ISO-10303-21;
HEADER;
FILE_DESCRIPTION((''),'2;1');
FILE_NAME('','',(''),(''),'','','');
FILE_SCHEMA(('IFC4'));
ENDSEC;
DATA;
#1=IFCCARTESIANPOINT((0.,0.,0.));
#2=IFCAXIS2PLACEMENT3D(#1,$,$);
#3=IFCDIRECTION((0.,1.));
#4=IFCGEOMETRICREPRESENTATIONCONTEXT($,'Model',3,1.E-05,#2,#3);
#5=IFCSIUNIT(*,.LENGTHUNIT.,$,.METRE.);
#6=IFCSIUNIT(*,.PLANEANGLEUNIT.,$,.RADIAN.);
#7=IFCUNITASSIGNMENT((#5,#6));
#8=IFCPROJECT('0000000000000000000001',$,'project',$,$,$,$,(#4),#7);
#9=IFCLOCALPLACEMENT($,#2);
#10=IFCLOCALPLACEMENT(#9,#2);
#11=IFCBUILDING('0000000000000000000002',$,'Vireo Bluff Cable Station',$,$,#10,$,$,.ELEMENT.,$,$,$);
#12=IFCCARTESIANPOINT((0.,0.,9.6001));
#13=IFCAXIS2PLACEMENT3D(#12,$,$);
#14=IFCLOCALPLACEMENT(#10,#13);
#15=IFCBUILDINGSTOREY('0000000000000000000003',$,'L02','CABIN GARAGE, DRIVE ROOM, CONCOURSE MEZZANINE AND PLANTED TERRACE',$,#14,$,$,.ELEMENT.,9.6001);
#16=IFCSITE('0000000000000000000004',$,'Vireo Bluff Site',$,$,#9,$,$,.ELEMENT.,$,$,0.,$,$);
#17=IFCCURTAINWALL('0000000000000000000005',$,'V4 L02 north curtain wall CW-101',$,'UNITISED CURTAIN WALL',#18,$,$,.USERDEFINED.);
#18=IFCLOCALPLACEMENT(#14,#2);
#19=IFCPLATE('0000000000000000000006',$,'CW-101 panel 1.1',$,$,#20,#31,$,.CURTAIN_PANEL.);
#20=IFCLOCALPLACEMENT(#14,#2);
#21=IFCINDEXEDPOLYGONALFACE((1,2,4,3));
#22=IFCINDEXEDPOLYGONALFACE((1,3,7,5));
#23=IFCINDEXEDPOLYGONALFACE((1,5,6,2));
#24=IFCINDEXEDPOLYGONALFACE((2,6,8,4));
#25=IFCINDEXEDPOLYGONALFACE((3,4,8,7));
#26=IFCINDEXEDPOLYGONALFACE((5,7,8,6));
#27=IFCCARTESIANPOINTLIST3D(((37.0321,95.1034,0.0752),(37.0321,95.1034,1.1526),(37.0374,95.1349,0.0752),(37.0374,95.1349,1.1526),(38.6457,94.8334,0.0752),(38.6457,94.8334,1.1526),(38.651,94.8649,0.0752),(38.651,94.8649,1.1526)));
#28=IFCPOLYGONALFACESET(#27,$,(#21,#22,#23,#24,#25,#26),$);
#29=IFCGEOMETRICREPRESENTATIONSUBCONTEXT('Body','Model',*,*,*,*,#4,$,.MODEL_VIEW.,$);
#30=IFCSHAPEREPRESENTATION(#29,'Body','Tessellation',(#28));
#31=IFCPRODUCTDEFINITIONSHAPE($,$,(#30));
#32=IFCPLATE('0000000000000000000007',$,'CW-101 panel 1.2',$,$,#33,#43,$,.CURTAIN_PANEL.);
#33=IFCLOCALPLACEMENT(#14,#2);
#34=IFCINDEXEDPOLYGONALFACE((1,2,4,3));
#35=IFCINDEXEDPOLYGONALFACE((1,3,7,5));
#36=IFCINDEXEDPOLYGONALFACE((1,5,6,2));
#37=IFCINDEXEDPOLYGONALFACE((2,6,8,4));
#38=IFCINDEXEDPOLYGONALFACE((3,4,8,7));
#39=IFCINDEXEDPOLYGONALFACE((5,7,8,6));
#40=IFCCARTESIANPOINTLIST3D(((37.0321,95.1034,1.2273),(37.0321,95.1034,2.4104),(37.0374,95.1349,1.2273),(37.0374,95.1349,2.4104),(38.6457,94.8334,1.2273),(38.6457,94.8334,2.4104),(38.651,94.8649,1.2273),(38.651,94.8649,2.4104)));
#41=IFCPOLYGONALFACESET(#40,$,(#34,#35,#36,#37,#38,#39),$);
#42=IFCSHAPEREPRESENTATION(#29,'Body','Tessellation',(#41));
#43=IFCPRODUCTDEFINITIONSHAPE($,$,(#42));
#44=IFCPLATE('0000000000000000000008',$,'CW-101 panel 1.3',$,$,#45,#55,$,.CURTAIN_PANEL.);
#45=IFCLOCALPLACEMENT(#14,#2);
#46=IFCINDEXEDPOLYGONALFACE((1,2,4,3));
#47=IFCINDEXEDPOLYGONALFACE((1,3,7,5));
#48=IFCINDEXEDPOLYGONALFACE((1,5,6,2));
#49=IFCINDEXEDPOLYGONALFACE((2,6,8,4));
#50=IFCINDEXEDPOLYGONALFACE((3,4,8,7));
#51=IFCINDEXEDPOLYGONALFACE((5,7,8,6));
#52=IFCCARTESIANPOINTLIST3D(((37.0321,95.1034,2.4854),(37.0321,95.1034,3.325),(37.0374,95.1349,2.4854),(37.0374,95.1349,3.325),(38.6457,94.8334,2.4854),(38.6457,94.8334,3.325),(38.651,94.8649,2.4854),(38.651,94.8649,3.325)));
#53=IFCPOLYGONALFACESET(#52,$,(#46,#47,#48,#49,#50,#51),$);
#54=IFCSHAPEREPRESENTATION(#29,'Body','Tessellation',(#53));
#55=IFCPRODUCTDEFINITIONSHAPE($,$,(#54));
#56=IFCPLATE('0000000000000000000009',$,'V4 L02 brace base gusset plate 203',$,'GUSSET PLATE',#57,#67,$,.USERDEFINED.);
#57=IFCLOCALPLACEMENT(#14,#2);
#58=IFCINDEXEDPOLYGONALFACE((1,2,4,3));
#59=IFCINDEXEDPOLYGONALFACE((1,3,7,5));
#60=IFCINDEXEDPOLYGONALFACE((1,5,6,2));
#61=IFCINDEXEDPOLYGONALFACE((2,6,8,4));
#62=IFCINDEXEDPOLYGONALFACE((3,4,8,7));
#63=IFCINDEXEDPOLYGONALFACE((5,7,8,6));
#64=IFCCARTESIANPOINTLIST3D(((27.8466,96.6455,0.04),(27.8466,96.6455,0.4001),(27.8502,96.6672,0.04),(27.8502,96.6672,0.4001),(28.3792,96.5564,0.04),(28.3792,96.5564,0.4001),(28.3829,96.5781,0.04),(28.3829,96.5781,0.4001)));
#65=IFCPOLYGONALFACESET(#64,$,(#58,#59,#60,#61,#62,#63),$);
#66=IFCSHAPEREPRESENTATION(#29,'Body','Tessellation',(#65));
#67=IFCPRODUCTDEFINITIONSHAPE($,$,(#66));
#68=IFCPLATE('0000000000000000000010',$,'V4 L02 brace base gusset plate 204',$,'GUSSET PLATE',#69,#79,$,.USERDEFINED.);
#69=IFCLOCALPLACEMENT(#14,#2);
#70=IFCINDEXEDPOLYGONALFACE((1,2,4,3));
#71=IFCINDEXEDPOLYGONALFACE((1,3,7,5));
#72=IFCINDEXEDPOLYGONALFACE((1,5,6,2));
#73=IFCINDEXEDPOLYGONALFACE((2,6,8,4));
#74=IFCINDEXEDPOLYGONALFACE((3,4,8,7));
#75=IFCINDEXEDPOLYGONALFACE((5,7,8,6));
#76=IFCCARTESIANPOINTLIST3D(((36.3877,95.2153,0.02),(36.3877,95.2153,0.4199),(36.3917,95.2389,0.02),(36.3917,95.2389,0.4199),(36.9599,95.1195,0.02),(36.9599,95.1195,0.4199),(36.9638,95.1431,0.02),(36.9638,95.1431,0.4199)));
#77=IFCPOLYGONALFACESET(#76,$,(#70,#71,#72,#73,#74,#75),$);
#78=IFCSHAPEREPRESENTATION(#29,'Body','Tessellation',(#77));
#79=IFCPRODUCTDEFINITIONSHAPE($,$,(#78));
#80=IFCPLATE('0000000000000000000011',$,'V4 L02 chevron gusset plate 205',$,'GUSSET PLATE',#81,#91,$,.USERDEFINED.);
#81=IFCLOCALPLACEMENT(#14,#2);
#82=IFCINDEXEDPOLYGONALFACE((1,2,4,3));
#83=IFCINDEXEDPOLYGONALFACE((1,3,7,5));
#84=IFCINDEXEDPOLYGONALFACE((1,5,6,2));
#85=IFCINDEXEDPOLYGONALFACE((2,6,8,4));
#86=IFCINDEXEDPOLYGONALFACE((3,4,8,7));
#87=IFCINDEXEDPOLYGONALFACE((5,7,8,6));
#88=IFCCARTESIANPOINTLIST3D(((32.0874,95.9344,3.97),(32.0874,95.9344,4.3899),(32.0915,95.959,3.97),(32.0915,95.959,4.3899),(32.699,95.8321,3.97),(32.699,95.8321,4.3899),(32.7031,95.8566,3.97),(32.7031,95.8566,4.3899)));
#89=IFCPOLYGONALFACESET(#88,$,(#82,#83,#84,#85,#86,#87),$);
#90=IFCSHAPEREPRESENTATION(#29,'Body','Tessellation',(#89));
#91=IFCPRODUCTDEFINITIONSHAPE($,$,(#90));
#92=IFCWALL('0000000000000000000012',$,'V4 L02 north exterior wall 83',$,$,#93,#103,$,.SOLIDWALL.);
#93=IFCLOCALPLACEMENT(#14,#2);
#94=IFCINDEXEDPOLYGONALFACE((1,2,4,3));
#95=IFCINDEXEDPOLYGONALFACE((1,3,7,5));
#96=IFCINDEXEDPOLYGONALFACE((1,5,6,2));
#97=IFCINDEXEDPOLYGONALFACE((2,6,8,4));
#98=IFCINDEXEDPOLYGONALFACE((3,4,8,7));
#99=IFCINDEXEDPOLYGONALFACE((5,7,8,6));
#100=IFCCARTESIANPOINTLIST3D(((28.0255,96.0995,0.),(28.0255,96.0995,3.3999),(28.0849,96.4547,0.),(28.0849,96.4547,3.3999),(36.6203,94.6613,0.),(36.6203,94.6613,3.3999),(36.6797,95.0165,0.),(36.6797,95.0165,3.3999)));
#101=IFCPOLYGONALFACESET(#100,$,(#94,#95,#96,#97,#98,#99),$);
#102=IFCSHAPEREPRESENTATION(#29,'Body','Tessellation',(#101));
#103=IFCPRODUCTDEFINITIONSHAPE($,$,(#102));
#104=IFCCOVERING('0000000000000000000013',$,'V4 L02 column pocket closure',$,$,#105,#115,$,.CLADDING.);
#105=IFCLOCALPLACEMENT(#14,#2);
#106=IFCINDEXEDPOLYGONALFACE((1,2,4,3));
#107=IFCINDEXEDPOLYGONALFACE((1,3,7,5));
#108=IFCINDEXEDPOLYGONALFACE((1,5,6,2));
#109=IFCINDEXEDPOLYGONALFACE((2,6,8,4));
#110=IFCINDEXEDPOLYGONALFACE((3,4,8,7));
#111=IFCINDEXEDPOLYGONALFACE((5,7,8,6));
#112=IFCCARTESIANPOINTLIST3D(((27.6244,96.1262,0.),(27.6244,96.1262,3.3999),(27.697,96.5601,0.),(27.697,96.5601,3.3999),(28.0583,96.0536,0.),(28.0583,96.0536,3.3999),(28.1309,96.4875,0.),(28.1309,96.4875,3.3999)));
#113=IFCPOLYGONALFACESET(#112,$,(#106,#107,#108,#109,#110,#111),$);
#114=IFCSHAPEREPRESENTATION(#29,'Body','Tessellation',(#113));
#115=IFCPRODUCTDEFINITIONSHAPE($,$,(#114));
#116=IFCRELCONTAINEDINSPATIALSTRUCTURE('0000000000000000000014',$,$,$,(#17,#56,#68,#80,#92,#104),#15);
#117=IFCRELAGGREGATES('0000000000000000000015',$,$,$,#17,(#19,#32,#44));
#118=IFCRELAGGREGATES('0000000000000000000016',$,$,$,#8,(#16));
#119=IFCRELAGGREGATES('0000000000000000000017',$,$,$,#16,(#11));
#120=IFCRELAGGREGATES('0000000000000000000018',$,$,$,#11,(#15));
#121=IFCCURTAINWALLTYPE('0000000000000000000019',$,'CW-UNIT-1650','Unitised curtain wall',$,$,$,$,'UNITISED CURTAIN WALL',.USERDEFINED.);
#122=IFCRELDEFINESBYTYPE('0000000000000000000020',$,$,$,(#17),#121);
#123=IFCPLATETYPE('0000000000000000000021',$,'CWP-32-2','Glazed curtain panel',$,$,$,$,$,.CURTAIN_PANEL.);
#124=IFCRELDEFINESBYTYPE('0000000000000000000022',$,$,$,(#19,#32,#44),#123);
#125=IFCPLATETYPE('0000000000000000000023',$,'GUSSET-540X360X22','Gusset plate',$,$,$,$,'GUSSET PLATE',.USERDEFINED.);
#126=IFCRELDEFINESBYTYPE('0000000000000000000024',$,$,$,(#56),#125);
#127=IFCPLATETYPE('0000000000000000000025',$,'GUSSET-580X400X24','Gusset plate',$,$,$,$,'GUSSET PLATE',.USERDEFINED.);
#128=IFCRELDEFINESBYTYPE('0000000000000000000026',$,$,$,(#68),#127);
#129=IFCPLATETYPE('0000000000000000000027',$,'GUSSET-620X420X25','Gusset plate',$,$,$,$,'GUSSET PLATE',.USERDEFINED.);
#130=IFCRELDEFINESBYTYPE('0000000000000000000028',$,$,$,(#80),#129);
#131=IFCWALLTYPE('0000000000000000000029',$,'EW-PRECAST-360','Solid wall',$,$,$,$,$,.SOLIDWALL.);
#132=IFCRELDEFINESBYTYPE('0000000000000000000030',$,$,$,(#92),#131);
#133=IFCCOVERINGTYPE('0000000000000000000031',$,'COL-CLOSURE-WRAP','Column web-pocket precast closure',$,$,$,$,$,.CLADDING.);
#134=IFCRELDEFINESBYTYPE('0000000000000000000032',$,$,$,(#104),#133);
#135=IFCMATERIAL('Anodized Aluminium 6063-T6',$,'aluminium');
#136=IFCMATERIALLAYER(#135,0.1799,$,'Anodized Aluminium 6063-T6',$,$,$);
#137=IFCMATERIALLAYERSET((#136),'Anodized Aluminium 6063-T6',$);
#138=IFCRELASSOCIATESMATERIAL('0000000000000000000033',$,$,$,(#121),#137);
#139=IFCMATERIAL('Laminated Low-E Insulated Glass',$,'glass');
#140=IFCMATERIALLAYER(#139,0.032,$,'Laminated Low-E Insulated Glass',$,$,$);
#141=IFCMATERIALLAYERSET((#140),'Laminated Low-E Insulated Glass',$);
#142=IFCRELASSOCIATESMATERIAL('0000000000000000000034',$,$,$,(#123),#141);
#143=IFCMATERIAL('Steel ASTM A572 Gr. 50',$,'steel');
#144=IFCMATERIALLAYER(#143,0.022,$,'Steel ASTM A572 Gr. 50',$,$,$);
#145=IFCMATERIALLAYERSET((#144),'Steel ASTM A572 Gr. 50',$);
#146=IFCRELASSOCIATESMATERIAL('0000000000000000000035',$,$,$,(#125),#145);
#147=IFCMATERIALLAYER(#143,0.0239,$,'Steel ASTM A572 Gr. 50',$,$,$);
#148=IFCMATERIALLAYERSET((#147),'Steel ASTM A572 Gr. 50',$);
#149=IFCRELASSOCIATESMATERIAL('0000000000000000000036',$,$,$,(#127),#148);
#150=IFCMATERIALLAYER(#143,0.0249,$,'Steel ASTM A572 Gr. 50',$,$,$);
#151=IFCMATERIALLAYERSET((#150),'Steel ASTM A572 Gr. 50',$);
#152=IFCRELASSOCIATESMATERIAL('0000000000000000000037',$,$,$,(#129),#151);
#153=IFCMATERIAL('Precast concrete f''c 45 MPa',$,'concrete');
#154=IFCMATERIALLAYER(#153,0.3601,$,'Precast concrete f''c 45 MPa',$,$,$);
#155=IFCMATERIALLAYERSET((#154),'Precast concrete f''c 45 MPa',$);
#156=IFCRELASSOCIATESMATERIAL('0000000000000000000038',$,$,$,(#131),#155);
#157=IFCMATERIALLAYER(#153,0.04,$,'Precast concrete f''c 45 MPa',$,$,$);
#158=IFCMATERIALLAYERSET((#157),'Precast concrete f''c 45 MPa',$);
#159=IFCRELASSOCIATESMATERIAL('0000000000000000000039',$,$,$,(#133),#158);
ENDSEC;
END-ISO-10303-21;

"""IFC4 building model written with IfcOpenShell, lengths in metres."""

from ifc_helpers import new_model, si_unit, direction, frame, frame_2d, origin, origin_2d, place, context, subcontext, project, spatial, rectangle, extrude, material, layer, layer_set, type_object, element, aggregate, save


model = new_model("IFC4")

# Units and contexts
model_context = context("Model", 3, precision=1e-05, world=origin(), true_north=direction((0.0, 1.0)))
body_context = subcontext(model_context, "Body", "Model", "MODEL_VIEW")
ifc_project = project(units=[si_unit("LENGTHUNIT", "METRE"), si_unit("PLANEANGLEUNIT", "RADIAN")], contexts=[model_context])

# Site, building, storey
site_placement = place(None, origin())
site = spatial("IfcSite", under=ifc_project, at=site_placement, Name="Vireo Bluff Site", CompositionType="ELEMENT", RefElevation=0.0)
building_placement = place(site_placement, origin())
building = spatial("IfcBuilding", under=site, at=building_placement, Name="Vireo Bluff Cable Station", CompositionType="ELEMENT")
storey_placement = place(building_placement, frame((0.0, 0.0, 9.6001)))
storey = spatial("IfcBuildingStorey", under=building, at=storey_placement, Name="L02", Description="CABIN GARAGE, DRIVE ROOM, CONCOURSE MEZZANINE AND PLANTED TERRACE", CompositionType="ELEMENT", Elevation=9.6001)

# Curtain wall
ifc_material_1 = material(Name="Anodized Aluminium 6063-T6", Category="aluminium")
ifc_layer_1 = layer(ifc_material_1, 0.1799, Name="Anodized Aluminium 6063-T6")
ifc_layer_set_1 = layer_set([ifc_layer_1], Name="Anodized Aluminium 6063-T6")
curtain_wall_type_1 = type_object("IfcCurtainWallType", Name="CW-UNIT-1650", Description="Unitised curtain wall", ElementType="UNITISED CURTAIN WALL", PredefinedType="USERDEFINED", material=ifc_layer_set_1)
curtain_wall_1_placement = place(storey_placement, origin())
curtain_wall_1 = element("IfcCurtainWall", 1, at=curtain_wall_1_placement, inside=storey, type_object=curtain_wall_type_1, Name="V4 L02 north curtain wall CW-101", ObjectType="UNITISED CURTAIN WALL", PredefinedType="USERDEFINED")

# Plates
ifc_material_2 = material(Name="Laminated Low-E Insulated Glass", Category="glass")
ifc_layer_2 = layer(ifc_material_2, 0.032, Name="Laminated Low-E Insulated Glass")
ifc_layer_set_2 = layer_set([ifc_layer_2], Name="Laminated Low-E Insulated Glass")
plate_type_1 = type_object("IfcPlateType", Name="CWP-32-2", Description="Glazed curtain panel", PredefinedType="CURTAIN_PANEL", material=ifc_layer_set_2)
plate_1_placement = place(storey_placement, frame((37.8416, 94.9841, 0.0752), z_axis=(0.0, 0.0, 1.0), x_axis=(0.986286, -0.165048, 0.0)))
plate_1 = element("IfcPlate", 2, at=plate_1_placement, type_object=plate_type_1, Name="CW-101 panel 1.1", PredefinedType="CURTAIN_PANEL", context=body_context, shape_type="SweptSolid", body=[
    extrude(rectangle(XDim=1.636, YDim=0.032, at=origin_2d()), origin(), (0.0, 0.0, 1.0), 1.0774),
])
plate_2_placement = place(storey_placement, frame((37.8416, 94.9841, 1.2273), z_axis=(0.0, 0.0, 1.0), x_axis=(0.986286, -0.165048, 0.0)))
plate_2 = element("IfcPlate", 3, at=plate_2_placement, type_object=plate_type_1, Name="CW-101 panel 1.2", PredefinedType="CURTAIN_PANEL", context=body_context, shape_type="SweptSolid", body=[
    extrude(rectangle(XDim=1.636, YDim=0.032, at=origin_2d()), origin(), (0.0, 0.0, 1.0), 1.1831),
])
plate_3_placement = place(storey_placement, frame((37.8416, 94.9841, 2.4854), z_axis=(0.0, 0.0, 1.0), x_axis=(0.986286, -0.165048, 0.0)))
plate_3 = element("IfcPlate", 4, at=plate_3_placement, type_object=plate_type_1, Name="CW-101 panel 1.3", PredefinedType="CURTAIN_PANEL", context=body_context, shape_type="SweptSolid", body=[
    extrude(rectangle(XDim=1.636, YDim=0.032, at=origin_2d()), origin(), (0.0, 0.0, 1.0), 0.8396),
])
aggregate(curtain_wall_1, [plate_1, plate_2, plate_3])

# Plates
ifc_material_3 = material(Name="Steel ASTM A572 Gr. 50", Category="steel")
ifc_layer_3 = layer(ifc_material_3, 0.022, Name="Steel ASTM A572 Gr. 50")
ifc_layer_set_3 = layer_set([ifc_layer_3], Name="Steel ASTM A572 Gr. 50")
plate_type_2 = type_object("IfcPlateType", Name="GUSSET-540X360X22", Description="Gusset plate", ElementType="GUSSET PLATE", PredefinedType="USERDEFINED", material=ifc_layer_set_3)
plate_4_placement = place(storey_placement, frame((28.1147, 96.6118, 0.04), z_axis=(0.0, 0.0, 1.0), x_axis=(0.986286, -0.165048, 0.0)))
element("IfcPlate", 5, at=plate_4_placement, inside=storey, type_object=plate_type_2, Name="V4 L02 brace base gusset plate 203", ObjectType="GUSSET PLATE", PredefinedType="USERDEFINED", context=body_context, shape_type="SweptSolid", body=[
    extrude(rectangle(XDim=0.54, YDim=0.022, at=origin_2d()), origin(), (0.0, 0.0, 1.0), 0.3601),
])
ifc_layer_4 = layer(ifc_material_3, 0.0239, Name="Steel ASTM A572 Gr. 50")
ifc_layer_set_4 = layer_set([ifc_layer_4], Name="Steel ASTM A572 Gr. 50")
plate_type_3 = type_object("IfcPlateType", Name="GUSSET-580X400X24", Description="Gusset plate", ElementType="GUSSET PLATE", PredefinedType="USERDEFINED", material=ifc_layer_set_4)
plate_5_placement = place(storey_placement, frame((36.6758, 95.1792, 0.02), z_axis=(0.0, 0.0, 1.0), x_axis=(0.986286, -0.165048, 0.0)))
element("IfcPlate", 6, at=plate_5_placement, inside=storey, type_object=plate_type_3, Name="V4 L02 brace base gusset plate 204", ObjectType="GUSSET PLATE", PredefinedType="USERDEFINED", context=body_context, shape_type="SweptSolid", body=[
    extrude(rectangle(XDim=0.5801, YDim=0.0239, at=origin_2d()), origin(), (0.0, 0.0, 1.0), 0.3999),
])
ifc_layer_5 = layer(ifc_material_3, 0.0249, Name="Steel ASTM A572 Gr. 50")
ifc_layer_set_5 = layer_set([ifc_layer_5], Name="Steel ASTM A572 Gr. 50")
plate_type_4 = type_object("IfcPlateType", Name="GUSSET-620X420X25", Description="Gusset plate", ElementType="GUSSET PLATE", PredefinedType="USERDEFINED", material=ifc_layer_set_5)
plate_6_placement = place(storey_placement, frame((32.3953, 95.8955, 3.97), z_axis=(0.0, 0.0, 1.0), x_axis=(0.986286, -0.165048, 0.0)))
element("IfcPlate", 7, at=plate_6_placement, inside=storey, type_object=plate_type_4, Name="V4 L02 chevron gusset plate 205", ObjectType="GUSSET PLATE", PredefinedType="USERDEFINED", context=body_context, shape_type="SweptSolid", body=[
    extrude(rectangle(XDim=0.6201, YDim=0.0249, at=origin_2d()), origin(), (0.0, 0.0, 1.0), 0.4199),
])

# Wall
ifc_material_4 = material(Name="Precast concrete f'c 45 MPa", Category="concrete")
ifc_layer_6 = layer(ifc_material_4, 0.3601, Name="Precast concrete f'c 45 MPa")
ifc_layer_set_6 = layer_set([ifc_layer_6], Name="Precast concrete f'c 45 MPa")
wall_type = type_object("IfcWallType", Name="EW-PRECAST-360", Description="Solid wall", PredefinedType="SOLIDWALL", material=ifc_layer_set_6)
wall_placement = place(storey_placement, frame((28.0552, 96.2771, 0.0), z_axis=(0.0, 0.0, 1.0), x_axis=(0.986287, -0.16504, 0.0)))
element("IfcWall", 8, at=wall_placement, inside=storey, type_object=wall_type, Name="V4 L02 north exterior wall 83", PredefinedType="SOLIDWALL", context=body_context, shape_type="SweptSolid", body=[
    extrude(rectangle(XDim=8.7144, YDim=0.3601, at=frame_2d((4.3572, 0.0))), origin(), (0.0, 0.0, 1.0), 3.3999),
])

# Covering
ifc_layer_7 = layer(ifc_material_4, 0.04, Name="Precast concrete f'c 45 MPa")
ifc_layer_set_7 = layer_set([ifc_layer_7], Name="Precast concrete f'c 45 MPa")
covering_type = type_object("IfcCoveringType", Name="COL-CLOSURE-WRAP", Description="Column web-pocket precast closure", PredefinedType="CLADDING", material=ifc_layer_set_7)
covering_placement = place(storey_placement, frame((27.8777, 96.3069, 0.0), z_axis=(0.0, 0.0, 1.0), x_axis=(0.986286, -0.165048, 0.0)))
element("IfcCovering", 9, at=covering_placement, inside=storey, type_object=covering_type, Name="V4 L02 column pocket closure", PredefinedType="CLADDING", context=body_context, shape_type="SweptSolid", body=[
    extrude(rectangle(XDim=0.4399, YDim=0.4399, at=origin_2d()), origin(), (0.0, 0.0, 1.0), 3.3999),
])

save(model, "model.ifc")
